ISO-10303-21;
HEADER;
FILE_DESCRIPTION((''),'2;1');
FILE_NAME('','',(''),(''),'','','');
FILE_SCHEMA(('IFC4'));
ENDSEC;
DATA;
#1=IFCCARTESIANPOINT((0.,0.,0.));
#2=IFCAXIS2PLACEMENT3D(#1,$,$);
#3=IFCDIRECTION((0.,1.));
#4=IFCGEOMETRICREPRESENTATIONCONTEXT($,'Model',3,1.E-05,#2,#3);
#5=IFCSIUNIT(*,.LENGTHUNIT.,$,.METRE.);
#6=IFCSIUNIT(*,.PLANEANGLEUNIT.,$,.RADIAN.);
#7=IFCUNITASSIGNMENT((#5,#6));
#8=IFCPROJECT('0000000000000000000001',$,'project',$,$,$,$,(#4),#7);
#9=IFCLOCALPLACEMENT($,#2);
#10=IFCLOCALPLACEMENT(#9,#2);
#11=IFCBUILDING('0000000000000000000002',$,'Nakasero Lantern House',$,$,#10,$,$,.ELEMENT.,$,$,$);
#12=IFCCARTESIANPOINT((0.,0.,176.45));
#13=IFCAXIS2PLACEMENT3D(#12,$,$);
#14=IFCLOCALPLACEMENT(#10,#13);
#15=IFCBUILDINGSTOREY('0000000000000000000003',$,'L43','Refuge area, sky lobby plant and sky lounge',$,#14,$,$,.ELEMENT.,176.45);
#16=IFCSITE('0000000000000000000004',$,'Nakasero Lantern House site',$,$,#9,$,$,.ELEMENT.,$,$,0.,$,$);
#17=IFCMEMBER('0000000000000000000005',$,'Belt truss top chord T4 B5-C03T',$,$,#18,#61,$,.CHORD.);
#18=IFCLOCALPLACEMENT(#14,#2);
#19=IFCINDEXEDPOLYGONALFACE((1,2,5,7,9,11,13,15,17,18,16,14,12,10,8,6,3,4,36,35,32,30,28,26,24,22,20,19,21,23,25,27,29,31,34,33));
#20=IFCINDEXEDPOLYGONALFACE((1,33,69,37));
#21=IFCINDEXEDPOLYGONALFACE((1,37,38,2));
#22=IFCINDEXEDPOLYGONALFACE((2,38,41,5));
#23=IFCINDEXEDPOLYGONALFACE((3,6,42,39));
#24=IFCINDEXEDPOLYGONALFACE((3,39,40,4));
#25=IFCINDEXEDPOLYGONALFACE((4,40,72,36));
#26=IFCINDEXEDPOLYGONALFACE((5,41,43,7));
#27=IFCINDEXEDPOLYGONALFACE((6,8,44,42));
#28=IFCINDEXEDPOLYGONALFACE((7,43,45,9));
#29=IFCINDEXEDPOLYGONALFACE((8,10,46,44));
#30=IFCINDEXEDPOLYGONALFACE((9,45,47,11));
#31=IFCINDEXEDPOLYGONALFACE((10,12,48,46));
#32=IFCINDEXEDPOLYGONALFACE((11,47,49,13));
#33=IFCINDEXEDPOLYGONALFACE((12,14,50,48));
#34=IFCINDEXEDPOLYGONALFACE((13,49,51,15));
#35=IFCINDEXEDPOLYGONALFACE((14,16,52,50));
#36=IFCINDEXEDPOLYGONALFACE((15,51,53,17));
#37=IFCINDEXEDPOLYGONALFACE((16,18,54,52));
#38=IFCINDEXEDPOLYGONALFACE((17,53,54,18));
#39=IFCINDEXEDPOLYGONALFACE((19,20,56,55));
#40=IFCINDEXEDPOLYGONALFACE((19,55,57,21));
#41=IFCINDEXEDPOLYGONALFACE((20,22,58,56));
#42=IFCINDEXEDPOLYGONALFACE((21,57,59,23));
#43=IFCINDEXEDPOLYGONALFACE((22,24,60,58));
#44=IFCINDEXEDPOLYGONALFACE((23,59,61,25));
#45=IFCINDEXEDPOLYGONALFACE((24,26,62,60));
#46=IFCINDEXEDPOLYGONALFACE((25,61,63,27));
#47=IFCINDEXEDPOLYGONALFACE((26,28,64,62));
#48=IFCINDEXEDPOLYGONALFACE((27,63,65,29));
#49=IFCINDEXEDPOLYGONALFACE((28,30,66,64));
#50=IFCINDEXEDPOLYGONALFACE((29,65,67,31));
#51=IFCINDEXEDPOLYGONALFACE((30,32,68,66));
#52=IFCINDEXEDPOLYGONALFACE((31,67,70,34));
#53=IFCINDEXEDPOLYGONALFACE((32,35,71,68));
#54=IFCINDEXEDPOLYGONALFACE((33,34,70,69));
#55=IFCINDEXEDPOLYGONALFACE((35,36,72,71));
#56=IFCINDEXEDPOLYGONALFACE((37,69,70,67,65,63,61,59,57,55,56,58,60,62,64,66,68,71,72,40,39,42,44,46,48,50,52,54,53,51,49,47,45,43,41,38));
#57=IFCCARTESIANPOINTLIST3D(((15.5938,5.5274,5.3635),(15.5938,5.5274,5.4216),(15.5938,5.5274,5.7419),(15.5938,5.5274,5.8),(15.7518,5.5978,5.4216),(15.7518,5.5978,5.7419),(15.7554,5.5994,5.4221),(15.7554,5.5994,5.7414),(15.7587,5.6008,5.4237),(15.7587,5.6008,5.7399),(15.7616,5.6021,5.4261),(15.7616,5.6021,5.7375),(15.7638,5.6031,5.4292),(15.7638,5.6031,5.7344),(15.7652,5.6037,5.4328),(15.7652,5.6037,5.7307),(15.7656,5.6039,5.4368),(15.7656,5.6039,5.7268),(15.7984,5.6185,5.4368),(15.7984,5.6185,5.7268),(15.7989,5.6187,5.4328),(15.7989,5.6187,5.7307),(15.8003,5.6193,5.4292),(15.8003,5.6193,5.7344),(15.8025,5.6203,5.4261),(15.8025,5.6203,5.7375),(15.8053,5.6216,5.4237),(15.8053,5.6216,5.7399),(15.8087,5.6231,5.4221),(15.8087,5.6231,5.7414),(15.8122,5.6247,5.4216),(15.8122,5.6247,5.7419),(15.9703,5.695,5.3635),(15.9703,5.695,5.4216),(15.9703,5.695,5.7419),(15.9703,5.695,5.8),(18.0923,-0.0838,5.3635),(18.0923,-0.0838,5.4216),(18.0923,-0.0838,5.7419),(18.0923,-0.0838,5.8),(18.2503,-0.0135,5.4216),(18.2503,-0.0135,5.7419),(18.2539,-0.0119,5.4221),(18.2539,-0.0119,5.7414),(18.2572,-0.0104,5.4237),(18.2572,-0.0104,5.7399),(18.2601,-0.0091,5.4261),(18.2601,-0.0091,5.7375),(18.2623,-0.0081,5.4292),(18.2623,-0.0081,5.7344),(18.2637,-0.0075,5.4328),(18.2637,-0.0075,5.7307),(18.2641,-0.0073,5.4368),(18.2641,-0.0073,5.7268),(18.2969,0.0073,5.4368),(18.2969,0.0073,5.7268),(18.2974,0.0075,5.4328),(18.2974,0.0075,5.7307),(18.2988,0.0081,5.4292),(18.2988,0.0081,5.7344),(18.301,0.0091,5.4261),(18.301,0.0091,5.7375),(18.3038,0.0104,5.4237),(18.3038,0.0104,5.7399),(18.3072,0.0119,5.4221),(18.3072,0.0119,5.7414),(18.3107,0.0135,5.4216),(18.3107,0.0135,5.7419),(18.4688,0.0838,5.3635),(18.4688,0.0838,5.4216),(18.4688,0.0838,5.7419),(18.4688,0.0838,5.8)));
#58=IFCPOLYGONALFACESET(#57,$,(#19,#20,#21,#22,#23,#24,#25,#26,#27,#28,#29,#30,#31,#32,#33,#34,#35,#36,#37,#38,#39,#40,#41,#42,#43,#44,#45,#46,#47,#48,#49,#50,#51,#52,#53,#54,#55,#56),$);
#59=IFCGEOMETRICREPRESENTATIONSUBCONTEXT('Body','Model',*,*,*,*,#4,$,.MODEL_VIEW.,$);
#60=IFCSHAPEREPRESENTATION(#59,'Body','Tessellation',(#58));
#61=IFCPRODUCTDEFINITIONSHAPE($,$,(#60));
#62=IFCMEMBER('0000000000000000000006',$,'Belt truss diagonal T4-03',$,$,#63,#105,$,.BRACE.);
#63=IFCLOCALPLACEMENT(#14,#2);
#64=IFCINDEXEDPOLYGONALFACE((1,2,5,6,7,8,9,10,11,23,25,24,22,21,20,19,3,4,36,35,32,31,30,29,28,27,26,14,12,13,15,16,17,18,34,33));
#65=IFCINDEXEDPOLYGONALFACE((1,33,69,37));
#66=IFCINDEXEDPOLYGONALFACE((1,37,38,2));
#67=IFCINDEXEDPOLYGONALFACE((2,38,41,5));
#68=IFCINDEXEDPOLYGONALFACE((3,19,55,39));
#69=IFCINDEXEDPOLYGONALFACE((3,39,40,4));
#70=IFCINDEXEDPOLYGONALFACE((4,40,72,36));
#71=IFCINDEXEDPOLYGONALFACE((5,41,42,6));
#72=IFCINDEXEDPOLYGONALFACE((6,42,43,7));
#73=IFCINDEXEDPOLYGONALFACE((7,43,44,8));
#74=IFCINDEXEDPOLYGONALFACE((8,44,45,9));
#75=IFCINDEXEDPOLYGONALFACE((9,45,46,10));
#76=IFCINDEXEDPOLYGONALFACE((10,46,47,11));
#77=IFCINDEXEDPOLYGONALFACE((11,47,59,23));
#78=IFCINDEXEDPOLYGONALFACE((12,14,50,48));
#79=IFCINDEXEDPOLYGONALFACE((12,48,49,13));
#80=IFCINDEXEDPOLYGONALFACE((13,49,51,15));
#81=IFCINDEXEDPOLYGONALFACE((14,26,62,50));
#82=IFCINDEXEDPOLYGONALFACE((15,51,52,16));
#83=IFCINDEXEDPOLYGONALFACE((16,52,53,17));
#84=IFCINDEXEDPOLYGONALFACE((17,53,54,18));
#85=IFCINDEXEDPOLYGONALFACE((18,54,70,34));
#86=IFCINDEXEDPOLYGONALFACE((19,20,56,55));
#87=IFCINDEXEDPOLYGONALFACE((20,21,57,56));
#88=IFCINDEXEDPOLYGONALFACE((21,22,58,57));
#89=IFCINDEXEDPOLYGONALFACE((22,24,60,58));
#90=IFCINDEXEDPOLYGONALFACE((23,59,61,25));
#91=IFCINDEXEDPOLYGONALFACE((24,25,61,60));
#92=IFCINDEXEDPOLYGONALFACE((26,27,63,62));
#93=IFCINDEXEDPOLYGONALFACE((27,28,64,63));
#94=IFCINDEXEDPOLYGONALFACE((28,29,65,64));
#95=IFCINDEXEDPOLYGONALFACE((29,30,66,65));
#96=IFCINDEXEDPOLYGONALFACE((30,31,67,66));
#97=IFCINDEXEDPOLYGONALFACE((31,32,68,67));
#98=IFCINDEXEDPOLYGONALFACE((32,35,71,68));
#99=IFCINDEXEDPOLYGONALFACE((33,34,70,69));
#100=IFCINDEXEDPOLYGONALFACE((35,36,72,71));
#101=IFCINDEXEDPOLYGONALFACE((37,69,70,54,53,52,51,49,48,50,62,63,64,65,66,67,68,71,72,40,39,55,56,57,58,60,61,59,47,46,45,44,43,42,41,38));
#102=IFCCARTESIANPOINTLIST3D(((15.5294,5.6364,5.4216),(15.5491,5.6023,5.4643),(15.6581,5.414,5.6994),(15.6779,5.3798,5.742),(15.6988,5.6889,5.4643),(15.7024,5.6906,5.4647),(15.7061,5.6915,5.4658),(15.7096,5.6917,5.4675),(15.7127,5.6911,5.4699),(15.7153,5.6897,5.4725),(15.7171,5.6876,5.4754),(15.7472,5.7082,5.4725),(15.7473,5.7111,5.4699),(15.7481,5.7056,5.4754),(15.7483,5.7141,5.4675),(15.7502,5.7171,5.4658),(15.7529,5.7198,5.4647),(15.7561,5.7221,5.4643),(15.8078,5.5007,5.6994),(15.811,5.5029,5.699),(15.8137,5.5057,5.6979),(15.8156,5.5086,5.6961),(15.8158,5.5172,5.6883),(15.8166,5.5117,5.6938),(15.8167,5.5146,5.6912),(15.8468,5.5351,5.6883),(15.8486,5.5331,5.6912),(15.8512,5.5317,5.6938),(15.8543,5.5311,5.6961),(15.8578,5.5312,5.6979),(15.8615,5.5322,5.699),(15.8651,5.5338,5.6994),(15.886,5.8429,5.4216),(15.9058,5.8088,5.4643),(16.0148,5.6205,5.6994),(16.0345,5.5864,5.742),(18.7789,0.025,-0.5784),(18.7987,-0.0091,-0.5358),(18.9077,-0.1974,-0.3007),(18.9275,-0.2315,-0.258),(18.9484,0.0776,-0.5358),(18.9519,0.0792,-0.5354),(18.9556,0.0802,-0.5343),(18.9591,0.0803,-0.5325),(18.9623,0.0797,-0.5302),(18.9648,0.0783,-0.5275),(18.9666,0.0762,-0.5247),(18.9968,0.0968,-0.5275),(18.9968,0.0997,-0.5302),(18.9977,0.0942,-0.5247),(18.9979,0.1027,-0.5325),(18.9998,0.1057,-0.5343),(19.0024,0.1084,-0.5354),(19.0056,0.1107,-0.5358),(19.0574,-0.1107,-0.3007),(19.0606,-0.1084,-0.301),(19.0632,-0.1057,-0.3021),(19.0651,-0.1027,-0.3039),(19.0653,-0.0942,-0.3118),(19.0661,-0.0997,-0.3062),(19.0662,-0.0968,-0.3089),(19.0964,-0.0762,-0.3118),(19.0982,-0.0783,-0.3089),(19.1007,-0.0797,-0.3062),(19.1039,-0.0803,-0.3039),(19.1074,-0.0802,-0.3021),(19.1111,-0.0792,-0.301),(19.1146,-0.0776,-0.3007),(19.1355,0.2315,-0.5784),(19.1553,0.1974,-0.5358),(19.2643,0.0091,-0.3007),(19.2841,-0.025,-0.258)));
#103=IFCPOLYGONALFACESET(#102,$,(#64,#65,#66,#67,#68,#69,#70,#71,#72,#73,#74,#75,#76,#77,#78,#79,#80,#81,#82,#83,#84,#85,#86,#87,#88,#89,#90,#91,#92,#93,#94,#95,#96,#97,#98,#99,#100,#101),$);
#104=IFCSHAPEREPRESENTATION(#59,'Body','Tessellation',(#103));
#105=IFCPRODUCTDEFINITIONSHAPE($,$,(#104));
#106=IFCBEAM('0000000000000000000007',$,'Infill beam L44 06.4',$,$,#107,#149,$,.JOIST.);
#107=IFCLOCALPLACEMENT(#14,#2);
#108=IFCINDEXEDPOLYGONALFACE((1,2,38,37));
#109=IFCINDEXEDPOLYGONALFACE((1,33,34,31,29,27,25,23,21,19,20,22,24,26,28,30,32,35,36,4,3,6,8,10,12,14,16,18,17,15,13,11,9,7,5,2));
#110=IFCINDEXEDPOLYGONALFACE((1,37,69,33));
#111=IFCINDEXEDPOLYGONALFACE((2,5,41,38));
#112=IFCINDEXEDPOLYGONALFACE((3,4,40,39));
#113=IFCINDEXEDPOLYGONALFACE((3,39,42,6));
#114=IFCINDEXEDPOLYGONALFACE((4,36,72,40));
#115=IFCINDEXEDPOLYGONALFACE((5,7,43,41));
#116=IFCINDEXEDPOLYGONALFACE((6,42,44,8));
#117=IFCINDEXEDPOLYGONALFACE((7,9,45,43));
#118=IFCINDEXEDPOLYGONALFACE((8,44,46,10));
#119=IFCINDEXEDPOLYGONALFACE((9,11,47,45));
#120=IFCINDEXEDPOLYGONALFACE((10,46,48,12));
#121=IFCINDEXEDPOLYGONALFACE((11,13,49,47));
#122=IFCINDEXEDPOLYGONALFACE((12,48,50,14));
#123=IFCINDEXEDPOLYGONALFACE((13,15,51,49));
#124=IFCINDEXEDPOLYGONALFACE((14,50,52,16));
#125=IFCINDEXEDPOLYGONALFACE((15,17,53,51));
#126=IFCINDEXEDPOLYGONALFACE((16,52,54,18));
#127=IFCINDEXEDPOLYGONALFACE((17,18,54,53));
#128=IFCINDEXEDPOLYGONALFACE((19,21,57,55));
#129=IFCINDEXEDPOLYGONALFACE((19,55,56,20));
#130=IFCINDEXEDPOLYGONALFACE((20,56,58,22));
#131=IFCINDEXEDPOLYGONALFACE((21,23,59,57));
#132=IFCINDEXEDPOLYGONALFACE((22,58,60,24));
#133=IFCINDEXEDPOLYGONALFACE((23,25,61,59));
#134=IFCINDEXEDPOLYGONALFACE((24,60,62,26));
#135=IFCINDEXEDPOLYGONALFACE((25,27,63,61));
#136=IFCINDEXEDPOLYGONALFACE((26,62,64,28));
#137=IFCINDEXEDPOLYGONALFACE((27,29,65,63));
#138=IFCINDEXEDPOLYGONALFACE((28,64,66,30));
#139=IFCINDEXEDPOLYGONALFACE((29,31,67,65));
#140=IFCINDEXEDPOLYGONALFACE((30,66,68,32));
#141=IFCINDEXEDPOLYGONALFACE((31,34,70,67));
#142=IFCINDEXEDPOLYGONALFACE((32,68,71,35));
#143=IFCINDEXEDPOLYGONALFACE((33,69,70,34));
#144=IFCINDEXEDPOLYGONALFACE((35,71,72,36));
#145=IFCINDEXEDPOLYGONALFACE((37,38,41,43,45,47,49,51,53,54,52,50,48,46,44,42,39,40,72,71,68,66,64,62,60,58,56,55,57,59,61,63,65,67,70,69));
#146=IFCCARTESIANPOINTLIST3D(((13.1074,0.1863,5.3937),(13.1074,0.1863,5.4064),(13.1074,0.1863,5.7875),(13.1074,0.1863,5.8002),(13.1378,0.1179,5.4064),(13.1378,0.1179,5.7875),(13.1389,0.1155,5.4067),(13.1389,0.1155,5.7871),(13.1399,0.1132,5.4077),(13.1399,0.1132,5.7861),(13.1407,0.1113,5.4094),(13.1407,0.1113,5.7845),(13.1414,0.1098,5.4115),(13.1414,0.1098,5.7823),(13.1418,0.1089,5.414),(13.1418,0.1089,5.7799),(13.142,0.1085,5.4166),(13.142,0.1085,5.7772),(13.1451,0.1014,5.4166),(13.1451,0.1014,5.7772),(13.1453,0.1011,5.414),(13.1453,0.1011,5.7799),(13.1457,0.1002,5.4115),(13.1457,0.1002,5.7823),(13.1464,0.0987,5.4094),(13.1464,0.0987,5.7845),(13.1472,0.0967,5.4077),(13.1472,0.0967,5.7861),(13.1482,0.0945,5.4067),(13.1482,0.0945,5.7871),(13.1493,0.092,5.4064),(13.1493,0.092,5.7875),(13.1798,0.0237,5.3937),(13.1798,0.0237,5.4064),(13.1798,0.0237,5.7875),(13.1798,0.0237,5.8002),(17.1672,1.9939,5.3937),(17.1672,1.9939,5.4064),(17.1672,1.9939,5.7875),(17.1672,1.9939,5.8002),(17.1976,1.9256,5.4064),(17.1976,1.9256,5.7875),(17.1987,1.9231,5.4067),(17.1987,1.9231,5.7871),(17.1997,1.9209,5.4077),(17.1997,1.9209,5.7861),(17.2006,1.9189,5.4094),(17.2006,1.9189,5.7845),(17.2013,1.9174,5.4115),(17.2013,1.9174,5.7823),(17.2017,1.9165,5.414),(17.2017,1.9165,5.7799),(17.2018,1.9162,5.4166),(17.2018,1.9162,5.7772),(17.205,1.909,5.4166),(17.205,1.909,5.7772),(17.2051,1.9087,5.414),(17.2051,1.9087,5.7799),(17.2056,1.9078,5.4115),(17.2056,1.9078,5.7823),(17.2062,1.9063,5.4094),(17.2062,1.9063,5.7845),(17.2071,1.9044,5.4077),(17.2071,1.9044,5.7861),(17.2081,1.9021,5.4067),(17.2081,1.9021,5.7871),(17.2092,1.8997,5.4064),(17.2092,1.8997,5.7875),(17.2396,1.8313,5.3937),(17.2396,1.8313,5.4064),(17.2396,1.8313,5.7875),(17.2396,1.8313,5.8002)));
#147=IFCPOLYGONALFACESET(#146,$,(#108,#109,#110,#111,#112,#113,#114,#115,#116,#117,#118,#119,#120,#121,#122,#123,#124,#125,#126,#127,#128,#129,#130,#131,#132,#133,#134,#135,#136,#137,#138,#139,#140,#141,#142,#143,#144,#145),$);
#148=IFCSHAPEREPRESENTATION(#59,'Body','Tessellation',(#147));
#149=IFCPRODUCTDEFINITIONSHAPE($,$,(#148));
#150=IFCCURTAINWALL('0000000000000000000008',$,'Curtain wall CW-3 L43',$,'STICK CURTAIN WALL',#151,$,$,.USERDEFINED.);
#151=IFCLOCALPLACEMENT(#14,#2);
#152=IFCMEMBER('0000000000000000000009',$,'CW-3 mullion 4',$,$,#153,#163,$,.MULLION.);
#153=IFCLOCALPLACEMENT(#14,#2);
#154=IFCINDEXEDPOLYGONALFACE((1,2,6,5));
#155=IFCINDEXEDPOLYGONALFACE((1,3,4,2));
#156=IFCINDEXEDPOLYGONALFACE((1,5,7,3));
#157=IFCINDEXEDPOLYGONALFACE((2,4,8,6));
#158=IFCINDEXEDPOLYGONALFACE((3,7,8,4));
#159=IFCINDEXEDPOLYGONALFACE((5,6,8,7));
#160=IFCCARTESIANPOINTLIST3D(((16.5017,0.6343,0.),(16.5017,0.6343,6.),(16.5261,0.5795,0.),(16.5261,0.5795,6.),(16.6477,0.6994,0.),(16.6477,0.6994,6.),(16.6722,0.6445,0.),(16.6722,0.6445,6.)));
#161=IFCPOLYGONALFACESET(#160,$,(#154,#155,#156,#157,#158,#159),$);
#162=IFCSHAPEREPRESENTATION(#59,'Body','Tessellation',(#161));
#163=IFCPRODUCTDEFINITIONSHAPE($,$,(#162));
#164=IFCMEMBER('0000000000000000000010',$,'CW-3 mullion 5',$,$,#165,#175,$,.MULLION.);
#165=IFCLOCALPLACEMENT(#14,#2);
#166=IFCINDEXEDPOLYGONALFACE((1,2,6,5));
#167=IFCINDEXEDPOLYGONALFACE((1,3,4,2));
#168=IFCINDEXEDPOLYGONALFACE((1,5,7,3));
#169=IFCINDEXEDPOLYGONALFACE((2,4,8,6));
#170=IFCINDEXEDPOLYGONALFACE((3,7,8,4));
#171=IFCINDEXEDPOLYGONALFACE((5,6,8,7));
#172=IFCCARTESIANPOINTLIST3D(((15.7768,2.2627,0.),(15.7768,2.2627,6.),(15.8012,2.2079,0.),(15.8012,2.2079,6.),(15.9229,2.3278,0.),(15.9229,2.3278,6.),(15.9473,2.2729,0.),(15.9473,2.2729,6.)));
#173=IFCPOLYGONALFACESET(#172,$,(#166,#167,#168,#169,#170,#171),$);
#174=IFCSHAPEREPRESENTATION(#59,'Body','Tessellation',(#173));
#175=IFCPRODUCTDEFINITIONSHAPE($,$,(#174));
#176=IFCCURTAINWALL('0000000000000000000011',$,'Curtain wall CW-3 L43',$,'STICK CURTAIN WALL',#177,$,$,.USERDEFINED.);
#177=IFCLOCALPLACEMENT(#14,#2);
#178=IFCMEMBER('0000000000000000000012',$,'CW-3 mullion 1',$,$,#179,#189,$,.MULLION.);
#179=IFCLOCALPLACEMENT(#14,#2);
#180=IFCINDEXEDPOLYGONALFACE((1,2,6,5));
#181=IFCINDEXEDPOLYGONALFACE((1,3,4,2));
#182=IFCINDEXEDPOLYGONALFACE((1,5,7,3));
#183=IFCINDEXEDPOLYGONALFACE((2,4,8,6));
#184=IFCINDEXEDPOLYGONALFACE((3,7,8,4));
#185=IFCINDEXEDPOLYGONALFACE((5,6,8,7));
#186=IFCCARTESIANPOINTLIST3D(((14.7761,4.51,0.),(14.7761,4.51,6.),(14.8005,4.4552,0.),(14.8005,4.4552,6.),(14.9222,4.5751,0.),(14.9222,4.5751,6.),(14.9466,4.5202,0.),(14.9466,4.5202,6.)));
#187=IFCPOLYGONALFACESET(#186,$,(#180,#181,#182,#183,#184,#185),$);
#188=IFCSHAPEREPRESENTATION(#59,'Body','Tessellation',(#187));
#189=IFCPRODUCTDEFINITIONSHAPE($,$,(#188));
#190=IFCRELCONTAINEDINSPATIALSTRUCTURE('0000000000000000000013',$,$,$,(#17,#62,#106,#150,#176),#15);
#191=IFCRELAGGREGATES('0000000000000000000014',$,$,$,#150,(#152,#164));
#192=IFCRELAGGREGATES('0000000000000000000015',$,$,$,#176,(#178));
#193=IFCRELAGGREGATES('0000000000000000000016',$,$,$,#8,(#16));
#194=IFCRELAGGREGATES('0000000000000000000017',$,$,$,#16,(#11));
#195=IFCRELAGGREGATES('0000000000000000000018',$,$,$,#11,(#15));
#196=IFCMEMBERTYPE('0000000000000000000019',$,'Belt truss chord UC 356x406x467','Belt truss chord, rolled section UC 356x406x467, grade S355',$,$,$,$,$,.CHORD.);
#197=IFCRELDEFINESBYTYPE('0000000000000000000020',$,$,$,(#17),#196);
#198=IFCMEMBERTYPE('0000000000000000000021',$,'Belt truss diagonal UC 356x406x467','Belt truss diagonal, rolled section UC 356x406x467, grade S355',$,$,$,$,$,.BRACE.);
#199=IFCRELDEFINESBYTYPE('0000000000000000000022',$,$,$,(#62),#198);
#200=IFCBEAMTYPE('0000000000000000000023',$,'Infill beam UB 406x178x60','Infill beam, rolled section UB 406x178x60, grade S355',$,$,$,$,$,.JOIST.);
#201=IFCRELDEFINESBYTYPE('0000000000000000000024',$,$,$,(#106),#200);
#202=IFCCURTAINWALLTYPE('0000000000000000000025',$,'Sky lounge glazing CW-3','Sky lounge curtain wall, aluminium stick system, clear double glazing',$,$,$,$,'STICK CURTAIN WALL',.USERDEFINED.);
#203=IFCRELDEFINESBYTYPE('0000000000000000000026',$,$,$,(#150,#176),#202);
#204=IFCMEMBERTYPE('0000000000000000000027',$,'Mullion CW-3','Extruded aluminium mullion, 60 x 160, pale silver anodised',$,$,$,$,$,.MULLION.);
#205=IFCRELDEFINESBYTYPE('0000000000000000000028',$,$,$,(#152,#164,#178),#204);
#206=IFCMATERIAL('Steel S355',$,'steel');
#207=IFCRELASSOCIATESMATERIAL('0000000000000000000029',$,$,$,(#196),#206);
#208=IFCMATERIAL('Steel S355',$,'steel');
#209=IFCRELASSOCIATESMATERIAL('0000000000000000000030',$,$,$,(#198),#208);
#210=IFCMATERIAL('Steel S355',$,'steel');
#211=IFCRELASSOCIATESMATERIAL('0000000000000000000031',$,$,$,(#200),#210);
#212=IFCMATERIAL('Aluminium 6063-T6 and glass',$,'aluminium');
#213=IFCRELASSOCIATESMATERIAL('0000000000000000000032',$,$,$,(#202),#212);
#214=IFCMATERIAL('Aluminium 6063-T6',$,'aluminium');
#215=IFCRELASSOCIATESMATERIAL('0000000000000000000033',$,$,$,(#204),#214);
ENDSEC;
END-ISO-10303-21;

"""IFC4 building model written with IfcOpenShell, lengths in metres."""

from ifc_helpers import new_model, si_unit, direction, frame, origin, origin_2d, place, context, subcontext, project, spatial, rectangle, i_section, extrude, material, material_profile, profile_set, type_object, element, aggregate, save


model = new_model("IFC4")

# Units and contexts
model_context = context("Model", 3, precision=1e-05, world=origin(), true_north=direction((0.0, 1.0)))
body_context = subcontext(model_context, "Body", "Model", "MODEL_VIEW")
ifc_project = project(units=[si_unit("LENGTHUNIT", "METRE"), si_unit("PLANEANGLEUNIT", "RADIAN")], contexts=[model_context])

# Site, building, storey
site_placement = place(None, origin())
site = spatial("IfcSite", under=ifc_project, at=site_placement, Name="Nakasero Lantern House site", CompositionType="ELEMENT", RefElevation=0.0)
building_placement = place(site_placement, origin())
building = spatial("IfcBuilding", under=site, at=building_placement, Name="Nakasero Lantern House", CompositionType="ELEMENT")
storey_placement = place(building_placement, frame((0.0, 0.0, 176.45)))
storey = spatial("IfcBuildingStorey", under=building, at=storey_placement, Name="L43", Description="Refuge area, sky lobby plant and sky lounge", CompositionType="ELEMENT", Elevation=176.45)

# Members
ifc_material_1 = material(Name="Steel S355", Category="steel")
ifc_material_profile_1 = material_profile(ifc_material_1, i_section(OverallWidth=0.4121, OverallDepth=0.4365, WebThickness=0.0359, FlangeThickness=0.0581, FilletRadius=0.0151, at=origin_2d()), Name="UC 356x406x467")
ifc_profile_set_1 = profile_set([ifc_material_profile_1], Name="Steel S355")
member_type_1 = type_object("IfcMemberType", Name="Belt truss chord UC 356x406x467", Description="Belt truss chord, rolled section UC 356x406x467, grade S355", PredefinedType="CHORD", material=ifc_profile_set_1)
member_1_placement = place(storey_placement, frame((18.2805, 0.0, 5.5818), z_axis=(-0.406765, 0.913533, 0.0), x_axis=(-0.913533, -0.406765, 0.0)))
element("IfcMember", 1, at=member_1_placement, inside=storey, type_object=member_type_1, Name="Belt truss top chord T4 B5-C03T", PredefinedType="CHORD", context=body_context, shape_type="SweptSolid", body=[
    extrude(i_section(OverallWidth=0.4121, OverallDepth=0.4365, WebThickness=0.0359, FlangeThickness=0.0581, FilletRadius=0.0151, at=origin_2d()), origin(), (0.0, 0.0, 1.0), 6.1423),
])
ifc_material_2 = material(Name="Steel S355", Category="steel")
ifc_material_profile_2 = material_profile(ifc_material_2, i_section(OverallWidth=0.4121, OverallDepth=0.4365, WebThickness=0.0359, FlangeThickness=0.0581, FilletRadius=0.0151, at=origin_2d()), Name="UC 356x406x467")
ifc_profile_set_2 = profile_set([ifc_material_profile_2], Name="Steel S355")
member_type_2 = type_object("IfcMemberType", Name="Belt truss diagonal UC 356x406x467", Description="Belt truss diagonal, rolled section UC 356x406x467, grade S355", PredefinedType="BRACE", material=ifc_profile_set_2)
member_2_placement = place(storey_placement, frame((19.0315, 0.0, -0.4182), z_axis=(-0.367826, 0.635169, 0.679165), x_axis=(-0.86537, -0.501134, 0.0)))
element("IfcMember", 2, at=member_2_placement, inside=storey, type_object=member_type_2, Name="Belt truss diagonal T4-03", PredefinedType="BRACE", context=body_context, shape_type="SweptSolid", body=[
    extrude(i_section(OverallWidth=0.4121, OverallDepth=0.4365, WebThickness=0.0359, FlangeThickness=0.0581, FilletRadius=0.0151, at=origin_2d()), origin(), (0.0, 0.0, 1.0), 8.8345),
])

# Beam
ifc_material_3 = material(Name="Steel S355", Category="steel")
ifc_material_profile_3 = material_profile(ifc_material_3, i_section(OverallWidth=0.178, OverallDepth=0.4065, WebThickness=0.0078, FlangeThickness=0.0127, FilletRadius=0.0103, at=origin_2d()), Name="UB 406x178x60")
ifc_profile_set_3 = profile_set([ifc_material_profile_3], Name="Steel S355")
beam_type_1 = type_object("IfcBeamType", Name="Infill beam UB 406x178x60", Description="Infill beam, rolled section UB 406x178x60, grade S355", PredefinedType="JOIST", material=ifc_profile_set_3)
beam_1_placement = place(storey_placement, frame((13.1436, 0.105, 5.5969), z_axis=(0.913539, 0.40675, 0.0), x_axis=(-0.40675, 0.913539, 0.0)))
element("IfcBeam", 3, at=beam_1_placement, inside=storey, type_object=beam_type_1, Name="Infill beam L44 06.4", PredefinedType="JOIST", context=body_context, shape_type="SweptSolid", body=[
    extrude(i_section(OverallWidth=0.178, OverallDepth=0.4065, WebThickness=0.0078, FlangeThickness=0.0127, FilletRadius=0.0103, at=origin_2d()), origin(), (0.0, 0.0, 1.0), 4.4441),
])

# Curtain wall, members
ifc_material_4 = material(Name="Aluminium 6063-T6 and glass", Category="aluminium")
curtain_wall_type = type_object("IfcCurtainWallType", Name="Sky lounge glazing CW-3", Description="Sky lounge curtain wall, aluminium stick system, clear double glazing", ElementType="STICK CURTAIN WALL", PredefinedType="USERDEFINED", material=ifc_material_4)
curtain_wall_1_placement = place(storey_placement, origin())
curtain_wall_1 = element("IfcCurtainWall", 4, at=curtain_wall_1_placement, inside=storey, type_object=curtain_wall_type, Name="Curtain wall CW-3 L43", ObjectType="STICK CURTAIN WALL", PredefinedType="USERDEFINED")
ifc_material_5 = material(Name="Aluminium 6063-T6", Category="aluminium")
ifc_material_profile_4 = material_profile(ifc_material_5, rectangle(XDim=0.0601, YDim=0.1599, at=origin_2d()), Name="CW-3 mullion 60x160")
ifc_profile_set_4 = profile_set([ifc_material_profile_4], Name="Aluminium 6063-T6")
member_type_3 = type_object("IfcMemberType", Name="Mullion CW-3", Description="Extruded aluminium mullion, 60 x 160, pale silver anodised", PredefinedType="MULLION", material=ifc_profile_set_4)
member_3_placement = place(storey_placement, frame((16.5869, 0.6394, 0.0), z_axis=(0.0, 0.0, 1.0), x_axis=(-0.406737, 0.913545, 0.0)))
member_3 = element("IfcMember", 5, at=member_3_placement, type_object=member_type_3, Name="CW-3 mullion 4", PredefinedType="MULLION", context=body_context, shape_type="SweptSolid", body=[
    extrude(rectangle(XDim=0.0601, YDim=0.1599, at=origin_2d()), origin(), (0.0, 0.0, 1.0), 6.0),
])
member_4_placement = place(storey_placement, frame((15.8621, 2.2678, 0.0), z_axis=(0.0, 0.0, 1.0), x_axis=(-0.406737, 0.913545, 0.0)))
member_4 = element("IfcMember", 6, at=member_4_placement, type_object=member_type_3, Name="CW-3 mullion 5", PredefinedType="MULLION", context=body_context, shape_type="SweptSolid", body=[
    extrude(rectangle(XDim=0.0601, YDim=0.1599, at=origin_2d()), origin(), (0.0, 0.0, 1.0), 6.0),
])

# Curtain wall, member
curtain_wall_2_placement = place(storey_placement, origin())
curtain_wall_2 = element("IfcCurtainWall", 7, at=curtain_wall_2_placement, inside=storey, type_object=curtain_wall_type, Name="Curtain wall CW-3 L43", ObjectType="STICK CURTAIN WALL", PredefinedType="USERDEFINED")
member_5_placement = place(storey_placement, frame((14.8613, 4.5151, 0.0), z_axis=(0.0, 0.0, 1.0), x_axis=(-0.406737, 0.913545, 0.0)))
member_5 = element("IfcMember", 8, at=member_5_placement, type_object=member_type_3, Name="CW-3 mullion 1", PredefinedType="MULLION", context=body_context, shape_type="SweptSolid", body=[
    extrude(rectangle(XDim=0.0601, YDim=0.1599, at=origin_2d()), origin(), (0.0, 0.0, 1.0), 6.0),
])

aggregate(curtain_wall_1, [member_3, member_4])
aggregate(curtain_wall_2, [member_5])

save(model, "model.ifc")
